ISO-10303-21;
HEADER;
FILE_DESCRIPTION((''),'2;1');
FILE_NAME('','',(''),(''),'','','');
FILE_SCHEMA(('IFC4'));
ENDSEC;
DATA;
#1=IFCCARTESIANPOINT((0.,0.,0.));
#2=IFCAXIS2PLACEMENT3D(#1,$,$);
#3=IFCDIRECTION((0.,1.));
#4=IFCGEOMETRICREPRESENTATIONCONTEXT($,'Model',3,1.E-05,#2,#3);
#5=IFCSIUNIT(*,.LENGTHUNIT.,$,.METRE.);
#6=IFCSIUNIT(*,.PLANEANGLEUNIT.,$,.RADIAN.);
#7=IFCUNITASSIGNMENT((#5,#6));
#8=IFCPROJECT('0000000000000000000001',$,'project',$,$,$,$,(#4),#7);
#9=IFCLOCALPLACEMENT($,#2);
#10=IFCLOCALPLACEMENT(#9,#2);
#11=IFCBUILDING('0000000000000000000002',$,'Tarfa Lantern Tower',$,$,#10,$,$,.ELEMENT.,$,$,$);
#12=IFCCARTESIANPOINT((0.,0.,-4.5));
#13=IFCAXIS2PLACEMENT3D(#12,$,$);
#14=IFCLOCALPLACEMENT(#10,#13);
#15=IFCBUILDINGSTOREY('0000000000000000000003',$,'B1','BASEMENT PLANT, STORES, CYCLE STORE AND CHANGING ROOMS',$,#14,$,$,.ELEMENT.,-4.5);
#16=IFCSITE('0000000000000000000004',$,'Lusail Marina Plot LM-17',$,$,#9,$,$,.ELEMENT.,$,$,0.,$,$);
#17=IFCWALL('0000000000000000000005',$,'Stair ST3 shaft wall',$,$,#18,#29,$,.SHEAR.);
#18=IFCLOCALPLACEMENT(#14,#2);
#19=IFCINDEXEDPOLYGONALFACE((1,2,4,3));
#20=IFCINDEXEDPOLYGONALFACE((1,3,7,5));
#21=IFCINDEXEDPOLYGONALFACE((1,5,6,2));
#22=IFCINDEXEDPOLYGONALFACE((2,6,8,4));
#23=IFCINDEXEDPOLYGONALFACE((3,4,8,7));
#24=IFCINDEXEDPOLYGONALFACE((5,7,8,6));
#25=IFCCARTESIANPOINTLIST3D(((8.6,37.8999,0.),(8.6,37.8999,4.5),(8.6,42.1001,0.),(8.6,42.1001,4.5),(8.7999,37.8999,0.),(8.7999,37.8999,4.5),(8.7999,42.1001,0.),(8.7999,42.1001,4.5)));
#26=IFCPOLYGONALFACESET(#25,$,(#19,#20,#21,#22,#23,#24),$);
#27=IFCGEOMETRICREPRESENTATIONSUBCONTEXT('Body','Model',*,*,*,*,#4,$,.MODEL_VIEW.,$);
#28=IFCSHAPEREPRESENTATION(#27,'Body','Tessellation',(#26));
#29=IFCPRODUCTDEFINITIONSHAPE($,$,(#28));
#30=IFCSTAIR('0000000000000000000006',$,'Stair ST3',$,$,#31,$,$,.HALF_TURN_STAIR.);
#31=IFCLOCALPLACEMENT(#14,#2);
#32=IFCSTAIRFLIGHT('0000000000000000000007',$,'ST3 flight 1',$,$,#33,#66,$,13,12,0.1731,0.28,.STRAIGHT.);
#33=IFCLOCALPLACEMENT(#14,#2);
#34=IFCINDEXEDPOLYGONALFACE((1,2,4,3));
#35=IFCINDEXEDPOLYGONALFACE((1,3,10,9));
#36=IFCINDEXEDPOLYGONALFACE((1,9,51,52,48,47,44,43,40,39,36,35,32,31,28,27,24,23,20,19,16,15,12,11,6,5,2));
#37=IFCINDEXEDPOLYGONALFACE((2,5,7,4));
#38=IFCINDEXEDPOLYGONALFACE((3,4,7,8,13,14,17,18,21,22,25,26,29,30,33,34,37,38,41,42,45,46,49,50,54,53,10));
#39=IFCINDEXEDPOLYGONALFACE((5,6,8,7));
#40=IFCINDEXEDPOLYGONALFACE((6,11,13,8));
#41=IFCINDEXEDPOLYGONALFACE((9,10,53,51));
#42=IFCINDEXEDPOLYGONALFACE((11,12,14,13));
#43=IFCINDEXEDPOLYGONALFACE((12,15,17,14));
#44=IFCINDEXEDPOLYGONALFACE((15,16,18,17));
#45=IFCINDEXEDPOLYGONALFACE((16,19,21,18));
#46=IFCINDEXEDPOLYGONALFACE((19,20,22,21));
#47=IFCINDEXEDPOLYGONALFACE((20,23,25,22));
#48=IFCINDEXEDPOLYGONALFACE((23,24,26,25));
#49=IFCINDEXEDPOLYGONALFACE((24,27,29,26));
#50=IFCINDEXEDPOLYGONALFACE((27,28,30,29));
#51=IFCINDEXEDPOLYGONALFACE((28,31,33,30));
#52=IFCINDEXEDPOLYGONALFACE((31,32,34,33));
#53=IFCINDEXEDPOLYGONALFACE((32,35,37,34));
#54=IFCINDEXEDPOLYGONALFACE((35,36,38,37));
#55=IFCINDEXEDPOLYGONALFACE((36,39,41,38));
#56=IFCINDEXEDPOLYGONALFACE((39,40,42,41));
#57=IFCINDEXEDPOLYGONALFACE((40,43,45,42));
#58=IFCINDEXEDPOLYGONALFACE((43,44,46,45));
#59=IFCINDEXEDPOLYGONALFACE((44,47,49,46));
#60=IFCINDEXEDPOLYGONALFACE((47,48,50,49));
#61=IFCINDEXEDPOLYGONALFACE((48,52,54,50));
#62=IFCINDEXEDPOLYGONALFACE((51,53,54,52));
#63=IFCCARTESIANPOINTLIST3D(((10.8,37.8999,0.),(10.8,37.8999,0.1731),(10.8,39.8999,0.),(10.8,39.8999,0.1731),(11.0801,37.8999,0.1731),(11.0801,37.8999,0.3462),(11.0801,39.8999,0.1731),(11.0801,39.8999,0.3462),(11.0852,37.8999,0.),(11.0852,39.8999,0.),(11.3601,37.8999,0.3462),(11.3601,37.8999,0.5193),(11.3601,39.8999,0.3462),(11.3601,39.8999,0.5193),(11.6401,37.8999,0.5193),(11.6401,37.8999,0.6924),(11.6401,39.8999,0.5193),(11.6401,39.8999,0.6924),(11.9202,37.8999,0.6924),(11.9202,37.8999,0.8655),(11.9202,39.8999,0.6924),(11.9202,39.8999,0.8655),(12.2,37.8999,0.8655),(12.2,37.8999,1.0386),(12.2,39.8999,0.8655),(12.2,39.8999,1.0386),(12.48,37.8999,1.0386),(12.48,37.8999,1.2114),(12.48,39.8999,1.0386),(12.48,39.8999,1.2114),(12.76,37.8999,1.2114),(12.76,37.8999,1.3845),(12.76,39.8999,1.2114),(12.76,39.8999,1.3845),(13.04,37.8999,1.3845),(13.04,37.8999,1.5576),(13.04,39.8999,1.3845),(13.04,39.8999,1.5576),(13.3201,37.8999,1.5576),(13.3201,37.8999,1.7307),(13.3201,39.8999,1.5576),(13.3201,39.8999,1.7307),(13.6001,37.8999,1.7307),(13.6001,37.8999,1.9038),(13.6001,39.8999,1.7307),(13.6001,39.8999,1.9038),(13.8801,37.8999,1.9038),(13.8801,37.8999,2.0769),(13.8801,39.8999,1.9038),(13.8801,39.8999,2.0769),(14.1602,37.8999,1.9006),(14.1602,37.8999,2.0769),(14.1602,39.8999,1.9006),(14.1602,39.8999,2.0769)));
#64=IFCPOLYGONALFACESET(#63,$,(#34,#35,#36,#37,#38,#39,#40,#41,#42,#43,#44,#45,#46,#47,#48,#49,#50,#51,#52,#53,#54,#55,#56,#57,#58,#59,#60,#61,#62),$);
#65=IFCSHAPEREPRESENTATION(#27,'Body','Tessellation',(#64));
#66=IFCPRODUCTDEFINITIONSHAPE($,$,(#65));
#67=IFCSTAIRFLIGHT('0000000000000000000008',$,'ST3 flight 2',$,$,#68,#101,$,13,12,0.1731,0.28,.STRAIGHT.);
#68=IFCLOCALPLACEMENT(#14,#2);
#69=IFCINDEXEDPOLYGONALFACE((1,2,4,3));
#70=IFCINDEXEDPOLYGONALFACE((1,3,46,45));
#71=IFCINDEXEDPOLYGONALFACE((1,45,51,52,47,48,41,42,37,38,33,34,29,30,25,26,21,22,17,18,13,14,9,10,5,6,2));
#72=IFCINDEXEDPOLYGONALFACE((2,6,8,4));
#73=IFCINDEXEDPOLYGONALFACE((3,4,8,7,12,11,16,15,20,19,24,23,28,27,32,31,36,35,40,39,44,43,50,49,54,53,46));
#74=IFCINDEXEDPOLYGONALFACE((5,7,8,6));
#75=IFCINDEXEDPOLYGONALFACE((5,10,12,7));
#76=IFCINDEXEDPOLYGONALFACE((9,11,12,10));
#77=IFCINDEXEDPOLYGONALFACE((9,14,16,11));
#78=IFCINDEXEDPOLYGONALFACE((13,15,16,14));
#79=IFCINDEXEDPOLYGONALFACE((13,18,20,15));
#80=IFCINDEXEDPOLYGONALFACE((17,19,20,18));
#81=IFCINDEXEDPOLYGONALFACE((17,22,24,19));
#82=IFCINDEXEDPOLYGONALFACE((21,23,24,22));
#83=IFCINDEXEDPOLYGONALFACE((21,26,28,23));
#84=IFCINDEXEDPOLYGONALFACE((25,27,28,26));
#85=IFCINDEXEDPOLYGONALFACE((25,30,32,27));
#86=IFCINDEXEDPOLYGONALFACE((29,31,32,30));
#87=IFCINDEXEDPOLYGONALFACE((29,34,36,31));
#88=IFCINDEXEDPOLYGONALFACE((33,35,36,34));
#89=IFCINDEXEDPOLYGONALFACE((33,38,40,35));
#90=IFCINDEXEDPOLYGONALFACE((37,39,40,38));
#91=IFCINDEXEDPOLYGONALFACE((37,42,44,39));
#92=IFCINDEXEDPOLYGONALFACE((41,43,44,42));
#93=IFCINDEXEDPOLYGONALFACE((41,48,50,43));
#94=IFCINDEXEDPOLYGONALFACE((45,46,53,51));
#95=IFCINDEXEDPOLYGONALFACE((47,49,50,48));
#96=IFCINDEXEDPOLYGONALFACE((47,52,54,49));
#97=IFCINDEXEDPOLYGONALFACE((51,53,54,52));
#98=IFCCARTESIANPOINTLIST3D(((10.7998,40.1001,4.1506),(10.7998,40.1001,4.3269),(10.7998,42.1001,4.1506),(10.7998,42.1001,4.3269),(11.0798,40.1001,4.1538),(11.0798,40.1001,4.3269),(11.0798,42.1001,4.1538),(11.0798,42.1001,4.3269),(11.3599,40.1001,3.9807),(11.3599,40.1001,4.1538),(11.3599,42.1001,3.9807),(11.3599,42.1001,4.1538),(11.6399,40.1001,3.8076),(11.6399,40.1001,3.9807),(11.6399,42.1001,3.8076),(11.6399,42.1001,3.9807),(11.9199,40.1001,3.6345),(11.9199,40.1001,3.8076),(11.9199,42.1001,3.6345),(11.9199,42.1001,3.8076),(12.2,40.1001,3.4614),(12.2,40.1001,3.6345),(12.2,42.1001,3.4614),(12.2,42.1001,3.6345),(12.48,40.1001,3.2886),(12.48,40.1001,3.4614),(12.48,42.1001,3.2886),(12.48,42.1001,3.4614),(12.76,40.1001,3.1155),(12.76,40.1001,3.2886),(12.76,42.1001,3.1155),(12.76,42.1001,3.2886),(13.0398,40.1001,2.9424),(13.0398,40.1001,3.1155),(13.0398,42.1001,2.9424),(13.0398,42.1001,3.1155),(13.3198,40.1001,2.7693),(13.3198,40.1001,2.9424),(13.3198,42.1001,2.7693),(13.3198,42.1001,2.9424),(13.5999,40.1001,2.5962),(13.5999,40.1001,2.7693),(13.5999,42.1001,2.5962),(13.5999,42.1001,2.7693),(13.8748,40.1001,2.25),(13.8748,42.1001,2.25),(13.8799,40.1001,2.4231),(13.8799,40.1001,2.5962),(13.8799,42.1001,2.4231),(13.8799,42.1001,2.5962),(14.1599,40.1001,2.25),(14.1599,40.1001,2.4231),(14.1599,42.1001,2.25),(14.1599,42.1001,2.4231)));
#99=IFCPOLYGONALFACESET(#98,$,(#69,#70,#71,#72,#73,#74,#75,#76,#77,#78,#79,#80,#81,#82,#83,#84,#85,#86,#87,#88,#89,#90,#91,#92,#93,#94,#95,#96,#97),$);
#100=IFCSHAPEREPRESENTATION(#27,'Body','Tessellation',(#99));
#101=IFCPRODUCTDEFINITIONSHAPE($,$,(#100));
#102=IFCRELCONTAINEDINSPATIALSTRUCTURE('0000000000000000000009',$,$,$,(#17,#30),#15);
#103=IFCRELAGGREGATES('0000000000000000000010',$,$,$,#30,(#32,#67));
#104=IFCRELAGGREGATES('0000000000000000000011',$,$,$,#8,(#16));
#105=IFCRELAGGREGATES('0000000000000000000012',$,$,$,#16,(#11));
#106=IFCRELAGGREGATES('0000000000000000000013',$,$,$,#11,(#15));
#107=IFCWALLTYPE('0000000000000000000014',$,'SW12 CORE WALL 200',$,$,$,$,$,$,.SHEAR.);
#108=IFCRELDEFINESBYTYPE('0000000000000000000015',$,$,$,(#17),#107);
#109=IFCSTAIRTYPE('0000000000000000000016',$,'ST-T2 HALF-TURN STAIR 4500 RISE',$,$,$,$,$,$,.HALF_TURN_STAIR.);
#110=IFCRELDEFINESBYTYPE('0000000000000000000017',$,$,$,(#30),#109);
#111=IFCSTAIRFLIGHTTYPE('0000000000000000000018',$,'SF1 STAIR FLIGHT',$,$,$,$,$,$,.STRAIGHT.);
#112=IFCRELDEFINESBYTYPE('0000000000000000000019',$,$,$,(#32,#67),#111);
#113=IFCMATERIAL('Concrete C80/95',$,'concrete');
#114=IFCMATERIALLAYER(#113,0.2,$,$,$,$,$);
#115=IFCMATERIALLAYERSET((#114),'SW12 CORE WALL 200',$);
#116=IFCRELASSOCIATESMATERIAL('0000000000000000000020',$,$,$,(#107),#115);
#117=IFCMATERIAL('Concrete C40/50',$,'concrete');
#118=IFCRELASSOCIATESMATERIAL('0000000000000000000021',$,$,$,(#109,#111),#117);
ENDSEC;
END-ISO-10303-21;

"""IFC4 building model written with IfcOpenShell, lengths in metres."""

from ifc_helpers import new_model, si_unit, direction, frame, frame_2d, origin, place, context, subcontext, project, spatial, polyline, rectangle, outline, extrude, material, layer, layer_set, type_object, element, aggregate, save


model = new_model("IFC4")

# Units and contexts
model_context = context("Model", 3, precision=1e-05, world=origin(), true_north=direction((0.0, 1.0)))
body_context = subcontext(model_context, "Body", "Model", "MODEL_VIEW")
ifc_project = project(units=[si_unit("LENGTHUNIT", "METRE"), si_unit("PLANEANGLEUNIT", "RADIAN")], contexts=[model_context])

# Site, building, storey
site_placement = place(None, origin())
site = spatial("IfcSite", under=ifc_project, at=site_placement, Name="Lusail Marina Plot LM-17", CompositionType="ELEMENT", RefElevation=0.0)
building_placement = place(site_placement, origin())
building = spatial("IfcBuilding", under=site, at=building_placement, Name="Tarfa Lantern Tower", CompositionType="ELEMENT")
storey_placement = place(building_placement, frame((0.0, 0.0, -4.5)))
storey = spatial("IfcBuildingStorey", under=building, at=storey_placement, Name="B1", Description="BASEMENT PLANT, STORES, CYCLE STORE AND CHANGING ROOMS", CompositionType="ELEMENT", Elevation=-4.5)

# Shared definitions
ifc_material_1 = material(Name="Concrete C80/95", Category="concrete")

# Shared definitions
ifc_layer_1 = layer(ifc_material_1, 0.2)
ifc_layer_set_1 = layer_set([ifc_layer_1], Name="SW12 CORE WALL 200")
wall_type_1 = type_object("IfcWallType", Name="SW12 CORE WALL 200", PredefinedType="SHEAR", material=ifc_layer_set_1)

# Wall
wall_1_placement = place(storey_placement, frame((8.7, 42.1001, 0.0), z_axis=(0.0, 0.0, 1.0), x_axis=(0.0, -1.0, 0.0)))
element("IfcWall", 1, at=wall_1_placement, inside=storey, type_object=wall_type_1, Name="Stair ST3 shaft wall", PredefinedType="SHEAR", context=body_context, shape_type="SweptSolid", body=[
    extrude(rectangle(XDim=4.2002, YDim=0.2, at=frame_2d((2.1001, 0.0))), origin(), (0.0, 0.0, 1.0), 4.5),
])

# Stair, stair flights
ifc_material_2 = material(Name="Concrete C40/50", Category="concrete")
stair_type = type_object("IfcStairType", Name="ST-T2 HALF-TURN STAIR 4500 RISE", PredefinedType="HALF_TURN_STAIR", material=ifc_material_2)
stair_placement = place(storey_placement, origin())
stair = element("IfcStair", 2, at=stair_placement, inside=storey, type_object=stair_type, Name="Stair ST3", PredefinedType="HALF_TURN_STAIR")
stair_flight_type = type_object("IfcStairFlightType", Name="SF1 STAIR FLIGHT", PredefinedType="STRAIGHT", material=ifc_material_2)
stair_flight_1_placement = place(storey_placement, frame((10.8, 38.8999, 0.0), z_axis=(0.0, 0.0, 1.0), x_axis=(1.0, 0.0, 0.0)))
stair_flight_1 = element("IfcStairFlight", 3, at=stair_flight_1_placement, type_object=stair_flight_type, Name="ST3 flight 1", NumberOfRisers=13, NumberOfTreads=12, PredefinedType="STRAIGHT", RiserHeight=0.1731, TreadLength=0.28, context=body_context, shape_type="SweptSolid", body=[
    extrude(outline(polyline([(0.0, 0.0), (0.0, 0.1731), (0.28, 0.1731), (0.28, 0.3462), (0.5601, 0.3462), (0.5601, 0.5193), (0.8401, 0.5193), (0.8401, 0.6924), (1.1201, 0.6924), (1.1201, 0.8655), (1.3999, 0.8655), (1.3999, 1.0386), (1.6799, 1.0386), (1.6799, 1.2114), (1.96, 1.2114), (1.96, 1.3845), (2.24, 1.3845), (2.24, 1.5576), (2.52, 1.5576), (2.52, 1.7307), (2.8, 1.7307), (2.8, 1.9038), (3.0801, 1.9038), (3.0801, 2.0769), (3.3601, 2.0769), (3.3601, 2.25), (3.3601, 1.9006), (0.2852, 0.0), (0.0, 0.0)])), frame((0.0, 1.0, 0.0), z_axis=(0.0, -1.0, 0.0), x_axis=(1.0, 0.0, 0.0)), (0.0, 0.0, 1.0), 2.0),
])
stair_flight_2_placement = place(storey_placement, frame((14.1599, 41.1001, 2.25), z_axis=(0.0, 0.0, 1.0), x_axis=(-1.0, 0.0, 0.0)))
stair_flight_2 = element("IfcStairFlight", 4, at=stair_flight_2_placement, type_object=stair_flight_type, Name="ST3 flight 2", NumberOfRisers=13, NumberOfTreads=12, PredefinedType="STRAIGHT", RiserHeight=0.1731, TreadLength=0.28, context=body_context, shape_type="SweptSolid", body=[
    extrude(outline(polyline([(0.0, 0.0), (0.0, 0.1731), (0.28, 0.1731), (0.28, 0.3462), (0.5601, 0.3462), (0.5601, 0.5193), (0.8401, 0.5193), (0.8401, 0.6924), (1.1201, 0.6924), (1.1201, 0.8655), (1.3999, 0.8655), (1.3999, 1.0386), (1.6799, 1.0386), (1.6799, 1.2114), (1.96, 1.2114), (1.96, 1.3845), (2.24, 1.3845), (2.24, 1.5576), (2.52, 1.5576), (2.52, 1.7307), (2.8, 1.7307), (2.8, 1.9038), (3.0801, 1.9038), (3.0801, 2.0769), (3.3601, 2.0769), (3.3601, 2.25), (3.3601, 1.9006), (0.2852, 0.0), (0.0, 0.0)])), frame((0.0, 1.0, 0.0), z_axis=(0.0, -1.0, 0.0), x_axis=(1.0, 0.0, 0.0)), (0.0, 0.0, 1.0), 2.0),
])
aggregate(stair, [stair_flight_1, stair_flight_2])

save(model, "model.ifc")
